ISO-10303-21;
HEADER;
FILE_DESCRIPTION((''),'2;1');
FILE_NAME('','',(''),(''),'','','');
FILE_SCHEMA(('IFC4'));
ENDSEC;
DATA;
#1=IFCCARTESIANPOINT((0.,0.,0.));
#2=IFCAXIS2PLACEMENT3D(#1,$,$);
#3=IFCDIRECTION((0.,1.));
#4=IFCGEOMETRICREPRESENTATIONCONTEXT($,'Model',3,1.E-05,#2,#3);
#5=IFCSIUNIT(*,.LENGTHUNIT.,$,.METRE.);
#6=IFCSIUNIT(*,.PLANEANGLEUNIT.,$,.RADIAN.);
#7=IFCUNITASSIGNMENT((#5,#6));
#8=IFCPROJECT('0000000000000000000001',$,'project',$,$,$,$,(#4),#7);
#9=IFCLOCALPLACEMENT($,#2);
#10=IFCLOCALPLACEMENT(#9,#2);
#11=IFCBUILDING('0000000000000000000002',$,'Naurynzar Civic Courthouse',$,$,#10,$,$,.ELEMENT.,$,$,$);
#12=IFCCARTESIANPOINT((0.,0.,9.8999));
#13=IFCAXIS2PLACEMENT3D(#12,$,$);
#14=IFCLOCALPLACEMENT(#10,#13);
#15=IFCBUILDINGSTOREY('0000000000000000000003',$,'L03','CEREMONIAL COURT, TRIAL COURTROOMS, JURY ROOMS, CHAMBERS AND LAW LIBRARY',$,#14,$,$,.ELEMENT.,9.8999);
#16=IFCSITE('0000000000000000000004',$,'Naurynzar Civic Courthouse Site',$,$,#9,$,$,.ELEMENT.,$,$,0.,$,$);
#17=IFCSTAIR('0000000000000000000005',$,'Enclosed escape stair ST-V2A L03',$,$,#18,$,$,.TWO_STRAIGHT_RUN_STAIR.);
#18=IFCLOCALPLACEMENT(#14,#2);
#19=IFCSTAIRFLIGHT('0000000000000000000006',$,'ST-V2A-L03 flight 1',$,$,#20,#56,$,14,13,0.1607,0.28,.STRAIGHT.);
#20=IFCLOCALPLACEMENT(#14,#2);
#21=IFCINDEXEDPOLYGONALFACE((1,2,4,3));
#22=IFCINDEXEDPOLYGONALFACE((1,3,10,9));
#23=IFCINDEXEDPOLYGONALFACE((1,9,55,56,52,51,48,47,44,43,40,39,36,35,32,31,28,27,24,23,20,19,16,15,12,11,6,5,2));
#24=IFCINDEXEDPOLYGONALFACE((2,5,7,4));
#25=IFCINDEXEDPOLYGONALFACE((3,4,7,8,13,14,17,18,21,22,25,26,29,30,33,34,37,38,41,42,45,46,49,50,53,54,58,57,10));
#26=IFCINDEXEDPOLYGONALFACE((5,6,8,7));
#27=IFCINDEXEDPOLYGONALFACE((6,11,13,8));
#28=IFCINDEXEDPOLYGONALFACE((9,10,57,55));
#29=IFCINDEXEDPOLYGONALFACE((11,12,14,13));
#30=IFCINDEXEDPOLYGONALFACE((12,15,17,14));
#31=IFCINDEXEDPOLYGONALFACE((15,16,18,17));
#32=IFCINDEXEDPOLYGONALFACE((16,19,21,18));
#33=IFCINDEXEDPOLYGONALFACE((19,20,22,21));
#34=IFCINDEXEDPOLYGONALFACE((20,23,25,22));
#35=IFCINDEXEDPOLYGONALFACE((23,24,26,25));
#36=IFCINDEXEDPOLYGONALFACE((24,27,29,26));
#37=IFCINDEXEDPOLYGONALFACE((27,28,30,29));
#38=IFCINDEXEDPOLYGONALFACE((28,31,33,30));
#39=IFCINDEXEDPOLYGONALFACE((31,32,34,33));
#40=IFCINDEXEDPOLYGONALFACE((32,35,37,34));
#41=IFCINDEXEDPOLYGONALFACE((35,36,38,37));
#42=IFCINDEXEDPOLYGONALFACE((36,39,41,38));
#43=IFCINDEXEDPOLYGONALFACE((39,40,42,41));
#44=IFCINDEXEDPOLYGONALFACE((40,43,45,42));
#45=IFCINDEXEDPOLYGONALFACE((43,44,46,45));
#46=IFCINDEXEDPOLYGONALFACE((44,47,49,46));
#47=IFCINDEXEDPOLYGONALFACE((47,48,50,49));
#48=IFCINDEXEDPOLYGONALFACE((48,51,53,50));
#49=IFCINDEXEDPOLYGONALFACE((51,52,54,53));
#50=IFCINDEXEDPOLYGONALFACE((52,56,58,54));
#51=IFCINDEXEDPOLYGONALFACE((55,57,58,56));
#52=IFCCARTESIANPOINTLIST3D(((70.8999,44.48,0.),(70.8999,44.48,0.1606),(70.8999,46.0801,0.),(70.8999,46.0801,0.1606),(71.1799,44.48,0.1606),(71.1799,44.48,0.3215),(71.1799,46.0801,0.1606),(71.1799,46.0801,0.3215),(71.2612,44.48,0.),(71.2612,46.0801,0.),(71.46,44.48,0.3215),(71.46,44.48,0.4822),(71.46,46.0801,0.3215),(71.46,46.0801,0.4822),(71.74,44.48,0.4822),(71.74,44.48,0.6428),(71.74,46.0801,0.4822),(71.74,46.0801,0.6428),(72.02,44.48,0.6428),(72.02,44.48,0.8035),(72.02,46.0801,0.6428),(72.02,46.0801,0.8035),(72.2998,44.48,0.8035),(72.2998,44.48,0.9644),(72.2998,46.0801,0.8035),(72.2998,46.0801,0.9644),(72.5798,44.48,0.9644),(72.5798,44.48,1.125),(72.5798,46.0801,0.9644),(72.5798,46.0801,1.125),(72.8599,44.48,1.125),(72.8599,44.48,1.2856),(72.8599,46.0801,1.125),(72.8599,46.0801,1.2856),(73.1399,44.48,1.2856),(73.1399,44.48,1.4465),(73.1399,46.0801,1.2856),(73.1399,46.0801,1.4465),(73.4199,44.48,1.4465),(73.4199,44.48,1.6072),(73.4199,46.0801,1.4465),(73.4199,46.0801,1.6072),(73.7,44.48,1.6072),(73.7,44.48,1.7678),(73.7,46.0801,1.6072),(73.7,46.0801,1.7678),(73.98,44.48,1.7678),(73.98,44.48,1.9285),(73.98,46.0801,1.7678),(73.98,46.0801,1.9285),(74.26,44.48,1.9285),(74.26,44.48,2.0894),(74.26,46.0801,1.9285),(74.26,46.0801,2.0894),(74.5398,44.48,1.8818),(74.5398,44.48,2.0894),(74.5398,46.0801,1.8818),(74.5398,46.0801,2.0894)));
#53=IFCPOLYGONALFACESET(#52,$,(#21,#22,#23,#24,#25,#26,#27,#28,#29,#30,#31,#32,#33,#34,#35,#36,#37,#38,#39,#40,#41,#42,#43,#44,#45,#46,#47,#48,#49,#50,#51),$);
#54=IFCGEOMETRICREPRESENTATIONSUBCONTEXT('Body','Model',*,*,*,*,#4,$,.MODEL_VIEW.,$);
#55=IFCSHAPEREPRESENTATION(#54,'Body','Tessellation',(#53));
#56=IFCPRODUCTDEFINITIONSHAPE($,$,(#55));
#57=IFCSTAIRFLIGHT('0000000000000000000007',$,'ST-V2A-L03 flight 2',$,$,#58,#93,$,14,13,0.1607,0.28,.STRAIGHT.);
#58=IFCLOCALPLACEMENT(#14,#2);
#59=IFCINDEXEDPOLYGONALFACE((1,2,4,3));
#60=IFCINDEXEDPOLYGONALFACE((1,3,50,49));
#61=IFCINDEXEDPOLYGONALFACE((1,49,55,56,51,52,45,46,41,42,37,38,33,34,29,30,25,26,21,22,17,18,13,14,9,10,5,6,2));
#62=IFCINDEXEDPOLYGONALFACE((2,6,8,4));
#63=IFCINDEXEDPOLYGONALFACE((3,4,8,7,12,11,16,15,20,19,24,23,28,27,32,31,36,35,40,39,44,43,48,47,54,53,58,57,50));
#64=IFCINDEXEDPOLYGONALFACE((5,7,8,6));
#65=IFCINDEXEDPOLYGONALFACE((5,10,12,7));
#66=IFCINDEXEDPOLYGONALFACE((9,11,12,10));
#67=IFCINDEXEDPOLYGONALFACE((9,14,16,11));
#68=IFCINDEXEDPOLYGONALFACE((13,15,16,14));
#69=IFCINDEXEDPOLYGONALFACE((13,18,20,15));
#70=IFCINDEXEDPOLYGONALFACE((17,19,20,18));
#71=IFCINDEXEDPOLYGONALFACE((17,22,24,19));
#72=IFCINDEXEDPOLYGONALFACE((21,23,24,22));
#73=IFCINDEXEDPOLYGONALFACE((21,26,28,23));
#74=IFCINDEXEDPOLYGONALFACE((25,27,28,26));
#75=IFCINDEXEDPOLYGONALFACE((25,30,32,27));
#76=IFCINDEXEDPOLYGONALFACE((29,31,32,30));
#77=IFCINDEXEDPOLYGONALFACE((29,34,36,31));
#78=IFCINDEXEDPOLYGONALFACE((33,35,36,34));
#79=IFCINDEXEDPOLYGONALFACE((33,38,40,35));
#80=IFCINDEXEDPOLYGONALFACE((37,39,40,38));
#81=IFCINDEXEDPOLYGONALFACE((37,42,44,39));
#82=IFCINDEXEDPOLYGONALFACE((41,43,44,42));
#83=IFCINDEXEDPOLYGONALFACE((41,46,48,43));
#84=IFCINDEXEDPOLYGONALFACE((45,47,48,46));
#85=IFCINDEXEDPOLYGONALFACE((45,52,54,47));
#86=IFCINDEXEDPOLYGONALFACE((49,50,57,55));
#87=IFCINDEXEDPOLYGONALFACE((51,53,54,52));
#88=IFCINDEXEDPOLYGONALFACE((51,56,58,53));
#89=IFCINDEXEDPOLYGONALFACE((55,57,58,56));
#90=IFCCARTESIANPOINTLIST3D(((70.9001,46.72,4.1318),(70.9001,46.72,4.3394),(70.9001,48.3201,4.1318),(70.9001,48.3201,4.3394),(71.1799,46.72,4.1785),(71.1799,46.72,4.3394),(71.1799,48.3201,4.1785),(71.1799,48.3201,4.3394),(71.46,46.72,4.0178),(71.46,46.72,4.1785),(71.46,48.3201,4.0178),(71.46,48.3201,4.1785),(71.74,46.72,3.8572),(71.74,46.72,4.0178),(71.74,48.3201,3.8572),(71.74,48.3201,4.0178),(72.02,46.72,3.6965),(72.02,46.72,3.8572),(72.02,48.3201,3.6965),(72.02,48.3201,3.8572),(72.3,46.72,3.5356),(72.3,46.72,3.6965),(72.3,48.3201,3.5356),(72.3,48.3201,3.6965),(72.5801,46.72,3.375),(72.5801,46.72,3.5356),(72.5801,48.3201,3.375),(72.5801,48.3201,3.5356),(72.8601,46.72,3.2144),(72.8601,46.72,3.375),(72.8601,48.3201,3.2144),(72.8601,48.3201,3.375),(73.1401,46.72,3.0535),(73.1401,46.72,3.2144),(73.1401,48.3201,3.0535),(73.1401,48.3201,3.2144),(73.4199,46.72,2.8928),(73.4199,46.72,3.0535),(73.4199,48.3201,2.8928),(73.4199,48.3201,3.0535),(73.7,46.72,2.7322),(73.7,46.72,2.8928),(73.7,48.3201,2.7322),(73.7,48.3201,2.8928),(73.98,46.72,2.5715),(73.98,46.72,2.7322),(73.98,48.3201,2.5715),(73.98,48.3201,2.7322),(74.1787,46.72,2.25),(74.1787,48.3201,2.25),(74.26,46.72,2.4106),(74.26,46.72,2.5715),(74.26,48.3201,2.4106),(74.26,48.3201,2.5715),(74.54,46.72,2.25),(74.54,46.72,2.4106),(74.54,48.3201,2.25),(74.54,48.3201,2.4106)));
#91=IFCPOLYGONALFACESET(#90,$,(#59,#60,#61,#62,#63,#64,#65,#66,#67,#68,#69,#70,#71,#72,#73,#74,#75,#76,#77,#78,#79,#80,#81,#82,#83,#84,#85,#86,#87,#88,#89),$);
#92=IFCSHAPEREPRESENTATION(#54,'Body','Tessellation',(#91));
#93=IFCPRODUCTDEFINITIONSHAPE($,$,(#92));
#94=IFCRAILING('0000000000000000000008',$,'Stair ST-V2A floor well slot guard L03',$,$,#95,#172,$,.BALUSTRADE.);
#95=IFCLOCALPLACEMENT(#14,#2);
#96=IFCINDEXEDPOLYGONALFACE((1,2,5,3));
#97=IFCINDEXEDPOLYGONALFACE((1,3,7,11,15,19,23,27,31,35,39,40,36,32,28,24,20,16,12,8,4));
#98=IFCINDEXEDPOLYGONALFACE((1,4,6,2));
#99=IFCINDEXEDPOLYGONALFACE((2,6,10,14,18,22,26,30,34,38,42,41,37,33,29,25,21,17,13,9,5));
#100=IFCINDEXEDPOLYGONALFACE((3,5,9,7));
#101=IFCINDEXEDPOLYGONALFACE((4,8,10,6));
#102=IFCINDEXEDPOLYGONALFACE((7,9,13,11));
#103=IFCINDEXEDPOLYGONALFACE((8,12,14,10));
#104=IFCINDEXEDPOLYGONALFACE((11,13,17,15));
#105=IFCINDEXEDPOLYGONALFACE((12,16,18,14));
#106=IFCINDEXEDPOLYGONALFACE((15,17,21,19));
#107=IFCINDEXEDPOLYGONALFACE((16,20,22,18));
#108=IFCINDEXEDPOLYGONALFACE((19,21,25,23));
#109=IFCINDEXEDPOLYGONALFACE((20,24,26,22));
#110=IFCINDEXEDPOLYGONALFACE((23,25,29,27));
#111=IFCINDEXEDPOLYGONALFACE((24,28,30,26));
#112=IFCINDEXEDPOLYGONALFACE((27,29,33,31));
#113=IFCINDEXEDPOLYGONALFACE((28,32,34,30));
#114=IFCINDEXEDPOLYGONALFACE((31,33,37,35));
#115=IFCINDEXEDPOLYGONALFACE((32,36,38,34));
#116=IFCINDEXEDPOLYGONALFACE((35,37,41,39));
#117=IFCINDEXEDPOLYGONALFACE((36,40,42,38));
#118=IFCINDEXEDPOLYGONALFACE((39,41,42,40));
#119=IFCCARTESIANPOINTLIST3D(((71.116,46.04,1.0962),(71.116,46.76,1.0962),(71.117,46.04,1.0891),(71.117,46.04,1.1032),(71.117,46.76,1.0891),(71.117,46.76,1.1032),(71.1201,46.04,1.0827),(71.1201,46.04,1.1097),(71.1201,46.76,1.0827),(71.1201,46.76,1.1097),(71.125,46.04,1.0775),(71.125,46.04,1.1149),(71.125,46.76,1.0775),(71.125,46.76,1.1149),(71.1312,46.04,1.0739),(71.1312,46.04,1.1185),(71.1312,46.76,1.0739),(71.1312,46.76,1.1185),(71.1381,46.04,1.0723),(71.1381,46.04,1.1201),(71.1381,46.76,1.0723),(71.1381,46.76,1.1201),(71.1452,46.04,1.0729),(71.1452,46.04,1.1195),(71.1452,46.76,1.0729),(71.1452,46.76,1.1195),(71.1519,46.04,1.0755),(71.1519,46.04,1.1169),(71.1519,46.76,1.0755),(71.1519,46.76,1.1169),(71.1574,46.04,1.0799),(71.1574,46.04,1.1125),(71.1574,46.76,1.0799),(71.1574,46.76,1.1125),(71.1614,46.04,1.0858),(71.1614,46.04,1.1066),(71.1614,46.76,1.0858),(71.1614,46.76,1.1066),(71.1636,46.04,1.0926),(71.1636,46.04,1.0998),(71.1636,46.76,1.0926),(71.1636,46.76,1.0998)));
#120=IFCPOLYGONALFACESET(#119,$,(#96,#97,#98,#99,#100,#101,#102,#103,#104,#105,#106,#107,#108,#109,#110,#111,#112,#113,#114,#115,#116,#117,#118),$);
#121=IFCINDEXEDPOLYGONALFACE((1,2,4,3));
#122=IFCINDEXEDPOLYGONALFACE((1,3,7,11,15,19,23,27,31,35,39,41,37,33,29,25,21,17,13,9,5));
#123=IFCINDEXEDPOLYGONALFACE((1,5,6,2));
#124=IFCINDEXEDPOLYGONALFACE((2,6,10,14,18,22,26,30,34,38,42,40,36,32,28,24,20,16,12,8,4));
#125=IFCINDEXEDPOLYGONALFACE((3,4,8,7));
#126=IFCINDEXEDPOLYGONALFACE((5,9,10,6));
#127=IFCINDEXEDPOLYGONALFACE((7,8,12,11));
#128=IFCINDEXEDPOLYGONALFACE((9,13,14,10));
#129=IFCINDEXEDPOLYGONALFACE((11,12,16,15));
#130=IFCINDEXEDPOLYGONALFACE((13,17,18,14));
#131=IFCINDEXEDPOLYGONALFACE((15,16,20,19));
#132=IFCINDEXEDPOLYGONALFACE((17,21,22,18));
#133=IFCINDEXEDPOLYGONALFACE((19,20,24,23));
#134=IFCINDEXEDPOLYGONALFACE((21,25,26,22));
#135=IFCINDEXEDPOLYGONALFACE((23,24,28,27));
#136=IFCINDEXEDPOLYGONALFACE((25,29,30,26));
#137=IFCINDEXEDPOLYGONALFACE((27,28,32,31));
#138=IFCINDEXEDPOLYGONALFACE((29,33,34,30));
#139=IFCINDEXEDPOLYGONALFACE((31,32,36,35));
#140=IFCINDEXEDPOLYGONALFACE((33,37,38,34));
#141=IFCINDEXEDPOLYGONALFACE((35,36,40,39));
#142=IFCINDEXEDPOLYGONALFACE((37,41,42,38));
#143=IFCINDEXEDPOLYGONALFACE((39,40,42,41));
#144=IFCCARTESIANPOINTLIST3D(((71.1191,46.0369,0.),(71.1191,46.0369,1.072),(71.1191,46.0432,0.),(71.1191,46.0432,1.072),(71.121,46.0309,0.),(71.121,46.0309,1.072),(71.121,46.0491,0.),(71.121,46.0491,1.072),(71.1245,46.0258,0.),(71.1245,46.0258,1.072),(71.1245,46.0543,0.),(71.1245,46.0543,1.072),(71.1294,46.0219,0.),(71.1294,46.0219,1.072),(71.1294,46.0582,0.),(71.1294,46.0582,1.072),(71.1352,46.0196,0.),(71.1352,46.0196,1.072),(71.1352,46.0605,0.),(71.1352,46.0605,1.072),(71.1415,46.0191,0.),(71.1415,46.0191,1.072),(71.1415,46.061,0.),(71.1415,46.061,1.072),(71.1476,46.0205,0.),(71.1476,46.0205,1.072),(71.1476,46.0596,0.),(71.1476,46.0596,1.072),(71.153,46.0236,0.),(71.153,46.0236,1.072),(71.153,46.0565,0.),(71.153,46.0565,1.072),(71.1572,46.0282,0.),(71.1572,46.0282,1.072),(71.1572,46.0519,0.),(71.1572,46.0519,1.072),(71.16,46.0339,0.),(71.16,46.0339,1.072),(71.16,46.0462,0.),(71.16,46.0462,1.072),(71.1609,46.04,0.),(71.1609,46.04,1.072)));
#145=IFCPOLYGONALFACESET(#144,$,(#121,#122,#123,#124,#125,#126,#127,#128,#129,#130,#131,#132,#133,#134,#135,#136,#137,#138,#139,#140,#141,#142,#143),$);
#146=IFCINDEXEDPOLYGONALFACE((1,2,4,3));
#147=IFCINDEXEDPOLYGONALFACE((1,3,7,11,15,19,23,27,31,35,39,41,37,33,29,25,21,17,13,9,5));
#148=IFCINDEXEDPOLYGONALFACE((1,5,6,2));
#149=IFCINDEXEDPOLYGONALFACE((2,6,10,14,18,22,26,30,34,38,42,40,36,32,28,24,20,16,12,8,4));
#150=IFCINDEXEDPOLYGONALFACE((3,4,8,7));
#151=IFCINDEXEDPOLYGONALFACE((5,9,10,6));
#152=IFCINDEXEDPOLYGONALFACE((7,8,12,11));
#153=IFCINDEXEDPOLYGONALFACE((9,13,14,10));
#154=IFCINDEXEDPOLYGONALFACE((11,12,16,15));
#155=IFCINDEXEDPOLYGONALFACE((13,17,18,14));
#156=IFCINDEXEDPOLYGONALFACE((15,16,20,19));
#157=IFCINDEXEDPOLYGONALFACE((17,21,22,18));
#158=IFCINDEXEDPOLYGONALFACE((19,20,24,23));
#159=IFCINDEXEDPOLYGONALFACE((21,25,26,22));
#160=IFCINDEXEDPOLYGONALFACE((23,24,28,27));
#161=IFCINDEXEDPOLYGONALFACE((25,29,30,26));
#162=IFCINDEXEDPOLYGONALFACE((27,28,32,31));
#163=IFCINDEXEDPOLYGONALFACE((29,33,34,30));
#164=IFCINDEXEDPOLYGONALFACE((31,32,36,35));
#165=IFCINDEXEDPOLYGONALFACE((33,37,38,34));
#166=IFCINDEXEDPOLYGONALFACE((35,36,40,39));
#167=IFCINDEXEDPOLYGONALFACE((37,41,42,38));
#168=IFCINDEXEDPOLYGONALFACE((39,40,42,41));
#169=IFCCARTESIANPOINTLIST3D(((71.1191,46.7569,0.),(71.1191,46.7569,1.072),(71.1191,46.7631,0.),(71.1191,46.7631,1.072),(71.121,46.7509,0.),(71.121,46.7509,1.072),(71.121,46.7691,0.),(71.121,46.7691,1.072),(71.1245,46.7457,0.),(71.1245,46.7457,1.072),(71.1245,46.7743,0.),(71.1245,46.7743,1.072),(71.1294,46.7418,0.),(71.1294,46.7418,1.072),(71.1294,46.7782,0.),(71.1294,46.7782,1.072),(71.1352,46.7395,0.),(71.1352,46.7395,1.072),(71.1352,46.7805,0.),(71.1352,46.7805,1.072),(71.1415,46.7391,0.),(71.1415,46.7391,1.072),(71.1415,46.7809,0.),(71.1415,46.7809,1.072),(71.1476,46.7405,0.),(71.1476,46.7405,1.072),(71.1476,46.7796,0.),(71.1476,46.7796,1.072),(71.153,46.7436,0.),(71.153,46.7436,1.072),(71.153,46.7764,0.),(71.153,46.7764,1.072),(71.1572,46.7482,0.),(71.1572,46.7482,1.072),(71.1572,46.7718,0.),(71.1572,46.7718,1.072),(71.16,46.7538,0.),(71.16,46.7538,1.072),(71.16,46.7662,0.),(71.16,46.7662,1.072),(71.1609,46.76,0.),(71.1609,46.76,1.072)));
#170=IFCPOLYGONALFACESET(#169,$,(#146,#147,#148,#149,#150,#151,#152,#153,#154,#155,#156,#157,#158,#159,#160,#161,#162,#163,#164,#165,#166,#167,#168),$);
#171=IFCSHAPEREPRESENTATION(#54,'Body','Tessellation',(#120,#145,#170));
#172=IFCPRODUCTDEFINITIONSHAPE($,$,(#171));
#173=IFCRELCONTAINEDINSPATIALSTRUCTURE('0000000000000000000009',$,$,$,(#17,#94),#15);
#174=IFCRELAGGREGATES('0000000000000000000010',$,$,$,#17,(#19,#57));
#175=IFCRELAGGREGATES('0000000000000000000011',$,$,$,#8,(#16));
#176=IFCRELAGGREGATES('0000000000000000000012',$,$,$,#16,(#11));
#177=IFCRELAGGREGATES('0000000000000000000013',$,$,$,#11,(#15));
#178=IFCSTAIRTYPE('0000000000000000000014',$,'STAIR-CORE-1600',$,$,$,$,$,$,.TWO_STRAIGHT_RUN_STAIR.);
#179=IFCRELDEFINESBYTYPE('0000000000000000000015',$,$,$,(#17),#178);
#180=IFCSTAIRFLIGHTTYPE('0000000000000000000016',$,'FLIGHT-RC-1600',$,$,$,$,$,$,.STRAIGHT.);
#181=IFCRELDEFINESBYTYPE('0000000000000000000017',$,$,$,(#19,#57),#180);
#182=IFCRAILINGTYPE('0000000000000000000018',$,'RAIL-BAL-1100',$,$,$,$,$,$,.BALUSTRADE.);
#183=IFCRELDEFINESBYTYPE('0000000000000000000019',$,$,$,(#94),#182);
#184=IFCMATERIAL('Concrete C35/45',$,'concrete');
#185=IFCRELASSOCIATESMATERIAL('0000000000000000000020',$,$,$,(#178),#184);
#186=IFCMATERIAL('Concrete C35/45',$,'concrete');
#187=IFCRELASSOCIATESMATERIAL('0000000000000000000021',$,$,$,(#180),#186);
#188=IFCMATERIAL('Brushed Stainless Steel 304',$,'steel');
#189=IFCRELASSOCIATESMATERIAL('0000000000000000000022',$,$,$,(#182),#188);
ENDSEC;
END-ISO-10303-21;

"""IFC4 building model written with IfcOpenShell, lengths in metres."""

from ifc_helpers import new_model, si_unit, direction, frame, origin, origin_2d, place, context, subcontext, project, spatial, polyline, circle, outline, extrude, material, type_object, element, aggregate, save


model = new_model("IFC4")

# Units and contexts
model_context = context("Model", 3, precision=1e-05, world=origin(), true_north=direction((0.0, 1.0)))
body_context = subcontext(model_context, "Body", "Model", "MODEL_VIEW")
ifc_project = project(units=[si_unit("LENGTHUNIT", "METRE"), si_unit("PLANEANGLEUNIT", "RADIAN")], contexts=[model_context])

# Site, building, storey
site_placement = place(None, origin())
site = spatial("IfcSite", under=ifc_project, at=site_placement, Name="Naurynzar Civic Courthouse Site", CompositionType="ELEMENT", RefElevation=0.0)
building_placement = place(site_placement, origin())
building = spatial("IfcBuilding", under=site, at=building_placement, Name="Naurynzar Civic Courthouse", CompositionType="ELEMENT")
storey_placement = place(building_placement, frame((0.0, 0.0, 9.8999)))
storey = spatial("IfcBuildingStorey", under=building, at=storey_placement, Name="L03", Description="CEREMONIAL COURT, TRIAL COURTROOMS, JURY ROOMS, CHAMBERS AND LAW LIBRARY", CompositionType="ELEMENT", Elevation=9.8999)

# Stair, stair flights
ifc_material_1 = material(Name="Concrete C35/45", Category="concrete")
stair_type = type_object("IfcStairType", Name="STAIR-CORE-1600", PredefinedType="TWO_STRAIGHT_RUN_STAIR", material=ifc_material_1)
stair_placement = place(storey_placement, origin())
stair = element("IfcStair", 1, at=stair_placement, inside=storey, type_object=stair_type, Name="Enclosed escape stair ST-V2A L03", PredefinedType="TWO_STRAIGHT_RUN_STAIR")
ifc_material_2 = material(Name="Concrete C35/45", Category="concrete")
stair_flight_type = type_object("IfcStairFlightType", Name="FLIGHT-RC-1600", PredefinedType="STRAIGHT", material=ifc_material_2)
stair_flight_1_placement = place(storey_placement, frame((70.8999, 45.28, 0.0), z_axis=(0.0, 0.0, 1.0), x_axis=(1.0, 0.0, 0.0)))
stair_flight_1 = element("IfcStairFlight", 2, at=stair_flight_1_placement, type_object=stair_flight_type, Name="ST-V2A-L03 flight 1", NumberOfRisers=14, NumberOfTreads=13, PredefinedType="STRAIGHT", RiserHeight=0.1607, TreadLength=0.28, context=body_context, shape_type="SweptSolid", body=[
    extrude(outline(polyline([(0.0, 0.0), (0.0, 0.1606), (0.28, 0.1606), (0.28, 0.3215), (0.5601, 0.3215), (0.5601, 0.4822), (0.8401, 0.4822), (0.8401, 0.6428), (1.1201, 0.6428), (1.1201, 0.8035), (1.3999, 0.8035), (1.3999, 0.9644), (1.6799, 0.9644), (1.6799, 1.125), (1.96, 1.125), (1.96, 1.2856), (2.24, 1.2856), (2.24, 1.4465), (2.52, 1.4465), (2.52, 1.6072), (2.8, 1.6072), (2.8, 1.7678), (3.0801, 1.7678), (3.0801, 1.9285), (3.3601, 1.9285), (3.3601, 2.0894), (3.6399, 2.0894), (3.6399, 2.25), (3.6399, 1.8818), (0.3613, 0.0), (0.0, 0.0)])), frame((0.0, 0.8, 0.0), z_axis=(0.0, -1.0, 0.0), x_axis=(1.0, 0.0, 0.0)), (0.0, 0.0, 1.0), 1.6001),
])
stair_flight_2_placement = place(storey_placement, frame((74.54, 47.52, 2.25), z_axis=(0.0, 0.0, 1.0), x_axis=(-1.0, 0.0, 0.0)))
stair_flight_2 = element("IfcStairFlight", 3, at=stair_flight_2_placement, type_object=stair_flight_type, Name="ST-V2A-L03 flight 2", NumberOfRisers=14, NumberOfTreads=13, PredefinedType="STRAIGHT", RiserHeight=0.1607, TreadLength=0.28, context=body_context, shape_type="SweptSolid", body=[
    extrude(outline(polyline([(0.0, 0.0), (0.0, 0.1606), (0.28, 0.1606), (0.28, 0.3215), (0.5601, 0.3215), (0.5601, 0.4822), (0.8401, 0.4822), (0.8401, 0.6428), (1.1201, 0.6428), (1.1201, 0.8035), (1.3999, 0.8035), (1.3999, 0.9644), (1.6799, 0.9644), (1.6799, 1.125), (1.96, 1.125), (1.96, 1.2856), (2.24, 1.2856), (2.24, 1.4465), (2.52, 1.4465), (2.52, 1.6072), (2.8, 1.6072), (2.8, 1.7678), (3.0801, 1.7678), (3.0801, 1.9285), (3.3601, 1.9285), (3.3601, 2.0894), (3.6399, 2.0894), (3.6399, 2.25), (3.6399, 1.8818), (0.3613, 0.0), (0.0, 0.0)])), frame((0.0, 0.8, 0.0), z_axis=(0.0, -1.0, 0.0), x_axis=(1.0, 0.0, 0.0)), (0.0, 0.0, 1.0), 1.6001),
])
aggregate(stair, [stair_flight_1, stair_flight_2])

# Railing
ifc_material_3 = material(Name="Brushed Stainless Steel 304", Category="steel")
railing_type_1 = type_object("IfcRailingType", Name="RAIL-BAL-1100", PredefinedType="BALUSTRADE", material=ifc_material_3)
for number, where, name in (
    (4, (71.1399, 46.04, 0.0), "Stair ST-V2A floor well slot guard L03"),
):
    element("IfcRailing", number, at=place(storey_placement, frame(where)), inside=storey, type_object=railing_type_1, Name=name, PredefinedType="BALUSTRADE", context=body_context, shape_type="SweptSolid", body=[
        extrude(circle(Radius=0.0239, at=origin_2d()), frame((0.0, 0.0, 1.0962), z_axis=(0.0, 1.0, 0.0), x_axis=(-1.0, 0.0, 0.0)), (0.0, 0.0, 1.0), 0.72),
        extrude(circle(Radius=0.021, at=origin_2d()), origin(), (0.0, 0.0, 1.0), 1.072),
        extrude(circle(Radius=0.021, at=origin_2d()), frame((0.0, 0.72, 0.0)), (0.0, 0.0, 1.0), 1.072),
    ])

save(model, "model.ifc")
